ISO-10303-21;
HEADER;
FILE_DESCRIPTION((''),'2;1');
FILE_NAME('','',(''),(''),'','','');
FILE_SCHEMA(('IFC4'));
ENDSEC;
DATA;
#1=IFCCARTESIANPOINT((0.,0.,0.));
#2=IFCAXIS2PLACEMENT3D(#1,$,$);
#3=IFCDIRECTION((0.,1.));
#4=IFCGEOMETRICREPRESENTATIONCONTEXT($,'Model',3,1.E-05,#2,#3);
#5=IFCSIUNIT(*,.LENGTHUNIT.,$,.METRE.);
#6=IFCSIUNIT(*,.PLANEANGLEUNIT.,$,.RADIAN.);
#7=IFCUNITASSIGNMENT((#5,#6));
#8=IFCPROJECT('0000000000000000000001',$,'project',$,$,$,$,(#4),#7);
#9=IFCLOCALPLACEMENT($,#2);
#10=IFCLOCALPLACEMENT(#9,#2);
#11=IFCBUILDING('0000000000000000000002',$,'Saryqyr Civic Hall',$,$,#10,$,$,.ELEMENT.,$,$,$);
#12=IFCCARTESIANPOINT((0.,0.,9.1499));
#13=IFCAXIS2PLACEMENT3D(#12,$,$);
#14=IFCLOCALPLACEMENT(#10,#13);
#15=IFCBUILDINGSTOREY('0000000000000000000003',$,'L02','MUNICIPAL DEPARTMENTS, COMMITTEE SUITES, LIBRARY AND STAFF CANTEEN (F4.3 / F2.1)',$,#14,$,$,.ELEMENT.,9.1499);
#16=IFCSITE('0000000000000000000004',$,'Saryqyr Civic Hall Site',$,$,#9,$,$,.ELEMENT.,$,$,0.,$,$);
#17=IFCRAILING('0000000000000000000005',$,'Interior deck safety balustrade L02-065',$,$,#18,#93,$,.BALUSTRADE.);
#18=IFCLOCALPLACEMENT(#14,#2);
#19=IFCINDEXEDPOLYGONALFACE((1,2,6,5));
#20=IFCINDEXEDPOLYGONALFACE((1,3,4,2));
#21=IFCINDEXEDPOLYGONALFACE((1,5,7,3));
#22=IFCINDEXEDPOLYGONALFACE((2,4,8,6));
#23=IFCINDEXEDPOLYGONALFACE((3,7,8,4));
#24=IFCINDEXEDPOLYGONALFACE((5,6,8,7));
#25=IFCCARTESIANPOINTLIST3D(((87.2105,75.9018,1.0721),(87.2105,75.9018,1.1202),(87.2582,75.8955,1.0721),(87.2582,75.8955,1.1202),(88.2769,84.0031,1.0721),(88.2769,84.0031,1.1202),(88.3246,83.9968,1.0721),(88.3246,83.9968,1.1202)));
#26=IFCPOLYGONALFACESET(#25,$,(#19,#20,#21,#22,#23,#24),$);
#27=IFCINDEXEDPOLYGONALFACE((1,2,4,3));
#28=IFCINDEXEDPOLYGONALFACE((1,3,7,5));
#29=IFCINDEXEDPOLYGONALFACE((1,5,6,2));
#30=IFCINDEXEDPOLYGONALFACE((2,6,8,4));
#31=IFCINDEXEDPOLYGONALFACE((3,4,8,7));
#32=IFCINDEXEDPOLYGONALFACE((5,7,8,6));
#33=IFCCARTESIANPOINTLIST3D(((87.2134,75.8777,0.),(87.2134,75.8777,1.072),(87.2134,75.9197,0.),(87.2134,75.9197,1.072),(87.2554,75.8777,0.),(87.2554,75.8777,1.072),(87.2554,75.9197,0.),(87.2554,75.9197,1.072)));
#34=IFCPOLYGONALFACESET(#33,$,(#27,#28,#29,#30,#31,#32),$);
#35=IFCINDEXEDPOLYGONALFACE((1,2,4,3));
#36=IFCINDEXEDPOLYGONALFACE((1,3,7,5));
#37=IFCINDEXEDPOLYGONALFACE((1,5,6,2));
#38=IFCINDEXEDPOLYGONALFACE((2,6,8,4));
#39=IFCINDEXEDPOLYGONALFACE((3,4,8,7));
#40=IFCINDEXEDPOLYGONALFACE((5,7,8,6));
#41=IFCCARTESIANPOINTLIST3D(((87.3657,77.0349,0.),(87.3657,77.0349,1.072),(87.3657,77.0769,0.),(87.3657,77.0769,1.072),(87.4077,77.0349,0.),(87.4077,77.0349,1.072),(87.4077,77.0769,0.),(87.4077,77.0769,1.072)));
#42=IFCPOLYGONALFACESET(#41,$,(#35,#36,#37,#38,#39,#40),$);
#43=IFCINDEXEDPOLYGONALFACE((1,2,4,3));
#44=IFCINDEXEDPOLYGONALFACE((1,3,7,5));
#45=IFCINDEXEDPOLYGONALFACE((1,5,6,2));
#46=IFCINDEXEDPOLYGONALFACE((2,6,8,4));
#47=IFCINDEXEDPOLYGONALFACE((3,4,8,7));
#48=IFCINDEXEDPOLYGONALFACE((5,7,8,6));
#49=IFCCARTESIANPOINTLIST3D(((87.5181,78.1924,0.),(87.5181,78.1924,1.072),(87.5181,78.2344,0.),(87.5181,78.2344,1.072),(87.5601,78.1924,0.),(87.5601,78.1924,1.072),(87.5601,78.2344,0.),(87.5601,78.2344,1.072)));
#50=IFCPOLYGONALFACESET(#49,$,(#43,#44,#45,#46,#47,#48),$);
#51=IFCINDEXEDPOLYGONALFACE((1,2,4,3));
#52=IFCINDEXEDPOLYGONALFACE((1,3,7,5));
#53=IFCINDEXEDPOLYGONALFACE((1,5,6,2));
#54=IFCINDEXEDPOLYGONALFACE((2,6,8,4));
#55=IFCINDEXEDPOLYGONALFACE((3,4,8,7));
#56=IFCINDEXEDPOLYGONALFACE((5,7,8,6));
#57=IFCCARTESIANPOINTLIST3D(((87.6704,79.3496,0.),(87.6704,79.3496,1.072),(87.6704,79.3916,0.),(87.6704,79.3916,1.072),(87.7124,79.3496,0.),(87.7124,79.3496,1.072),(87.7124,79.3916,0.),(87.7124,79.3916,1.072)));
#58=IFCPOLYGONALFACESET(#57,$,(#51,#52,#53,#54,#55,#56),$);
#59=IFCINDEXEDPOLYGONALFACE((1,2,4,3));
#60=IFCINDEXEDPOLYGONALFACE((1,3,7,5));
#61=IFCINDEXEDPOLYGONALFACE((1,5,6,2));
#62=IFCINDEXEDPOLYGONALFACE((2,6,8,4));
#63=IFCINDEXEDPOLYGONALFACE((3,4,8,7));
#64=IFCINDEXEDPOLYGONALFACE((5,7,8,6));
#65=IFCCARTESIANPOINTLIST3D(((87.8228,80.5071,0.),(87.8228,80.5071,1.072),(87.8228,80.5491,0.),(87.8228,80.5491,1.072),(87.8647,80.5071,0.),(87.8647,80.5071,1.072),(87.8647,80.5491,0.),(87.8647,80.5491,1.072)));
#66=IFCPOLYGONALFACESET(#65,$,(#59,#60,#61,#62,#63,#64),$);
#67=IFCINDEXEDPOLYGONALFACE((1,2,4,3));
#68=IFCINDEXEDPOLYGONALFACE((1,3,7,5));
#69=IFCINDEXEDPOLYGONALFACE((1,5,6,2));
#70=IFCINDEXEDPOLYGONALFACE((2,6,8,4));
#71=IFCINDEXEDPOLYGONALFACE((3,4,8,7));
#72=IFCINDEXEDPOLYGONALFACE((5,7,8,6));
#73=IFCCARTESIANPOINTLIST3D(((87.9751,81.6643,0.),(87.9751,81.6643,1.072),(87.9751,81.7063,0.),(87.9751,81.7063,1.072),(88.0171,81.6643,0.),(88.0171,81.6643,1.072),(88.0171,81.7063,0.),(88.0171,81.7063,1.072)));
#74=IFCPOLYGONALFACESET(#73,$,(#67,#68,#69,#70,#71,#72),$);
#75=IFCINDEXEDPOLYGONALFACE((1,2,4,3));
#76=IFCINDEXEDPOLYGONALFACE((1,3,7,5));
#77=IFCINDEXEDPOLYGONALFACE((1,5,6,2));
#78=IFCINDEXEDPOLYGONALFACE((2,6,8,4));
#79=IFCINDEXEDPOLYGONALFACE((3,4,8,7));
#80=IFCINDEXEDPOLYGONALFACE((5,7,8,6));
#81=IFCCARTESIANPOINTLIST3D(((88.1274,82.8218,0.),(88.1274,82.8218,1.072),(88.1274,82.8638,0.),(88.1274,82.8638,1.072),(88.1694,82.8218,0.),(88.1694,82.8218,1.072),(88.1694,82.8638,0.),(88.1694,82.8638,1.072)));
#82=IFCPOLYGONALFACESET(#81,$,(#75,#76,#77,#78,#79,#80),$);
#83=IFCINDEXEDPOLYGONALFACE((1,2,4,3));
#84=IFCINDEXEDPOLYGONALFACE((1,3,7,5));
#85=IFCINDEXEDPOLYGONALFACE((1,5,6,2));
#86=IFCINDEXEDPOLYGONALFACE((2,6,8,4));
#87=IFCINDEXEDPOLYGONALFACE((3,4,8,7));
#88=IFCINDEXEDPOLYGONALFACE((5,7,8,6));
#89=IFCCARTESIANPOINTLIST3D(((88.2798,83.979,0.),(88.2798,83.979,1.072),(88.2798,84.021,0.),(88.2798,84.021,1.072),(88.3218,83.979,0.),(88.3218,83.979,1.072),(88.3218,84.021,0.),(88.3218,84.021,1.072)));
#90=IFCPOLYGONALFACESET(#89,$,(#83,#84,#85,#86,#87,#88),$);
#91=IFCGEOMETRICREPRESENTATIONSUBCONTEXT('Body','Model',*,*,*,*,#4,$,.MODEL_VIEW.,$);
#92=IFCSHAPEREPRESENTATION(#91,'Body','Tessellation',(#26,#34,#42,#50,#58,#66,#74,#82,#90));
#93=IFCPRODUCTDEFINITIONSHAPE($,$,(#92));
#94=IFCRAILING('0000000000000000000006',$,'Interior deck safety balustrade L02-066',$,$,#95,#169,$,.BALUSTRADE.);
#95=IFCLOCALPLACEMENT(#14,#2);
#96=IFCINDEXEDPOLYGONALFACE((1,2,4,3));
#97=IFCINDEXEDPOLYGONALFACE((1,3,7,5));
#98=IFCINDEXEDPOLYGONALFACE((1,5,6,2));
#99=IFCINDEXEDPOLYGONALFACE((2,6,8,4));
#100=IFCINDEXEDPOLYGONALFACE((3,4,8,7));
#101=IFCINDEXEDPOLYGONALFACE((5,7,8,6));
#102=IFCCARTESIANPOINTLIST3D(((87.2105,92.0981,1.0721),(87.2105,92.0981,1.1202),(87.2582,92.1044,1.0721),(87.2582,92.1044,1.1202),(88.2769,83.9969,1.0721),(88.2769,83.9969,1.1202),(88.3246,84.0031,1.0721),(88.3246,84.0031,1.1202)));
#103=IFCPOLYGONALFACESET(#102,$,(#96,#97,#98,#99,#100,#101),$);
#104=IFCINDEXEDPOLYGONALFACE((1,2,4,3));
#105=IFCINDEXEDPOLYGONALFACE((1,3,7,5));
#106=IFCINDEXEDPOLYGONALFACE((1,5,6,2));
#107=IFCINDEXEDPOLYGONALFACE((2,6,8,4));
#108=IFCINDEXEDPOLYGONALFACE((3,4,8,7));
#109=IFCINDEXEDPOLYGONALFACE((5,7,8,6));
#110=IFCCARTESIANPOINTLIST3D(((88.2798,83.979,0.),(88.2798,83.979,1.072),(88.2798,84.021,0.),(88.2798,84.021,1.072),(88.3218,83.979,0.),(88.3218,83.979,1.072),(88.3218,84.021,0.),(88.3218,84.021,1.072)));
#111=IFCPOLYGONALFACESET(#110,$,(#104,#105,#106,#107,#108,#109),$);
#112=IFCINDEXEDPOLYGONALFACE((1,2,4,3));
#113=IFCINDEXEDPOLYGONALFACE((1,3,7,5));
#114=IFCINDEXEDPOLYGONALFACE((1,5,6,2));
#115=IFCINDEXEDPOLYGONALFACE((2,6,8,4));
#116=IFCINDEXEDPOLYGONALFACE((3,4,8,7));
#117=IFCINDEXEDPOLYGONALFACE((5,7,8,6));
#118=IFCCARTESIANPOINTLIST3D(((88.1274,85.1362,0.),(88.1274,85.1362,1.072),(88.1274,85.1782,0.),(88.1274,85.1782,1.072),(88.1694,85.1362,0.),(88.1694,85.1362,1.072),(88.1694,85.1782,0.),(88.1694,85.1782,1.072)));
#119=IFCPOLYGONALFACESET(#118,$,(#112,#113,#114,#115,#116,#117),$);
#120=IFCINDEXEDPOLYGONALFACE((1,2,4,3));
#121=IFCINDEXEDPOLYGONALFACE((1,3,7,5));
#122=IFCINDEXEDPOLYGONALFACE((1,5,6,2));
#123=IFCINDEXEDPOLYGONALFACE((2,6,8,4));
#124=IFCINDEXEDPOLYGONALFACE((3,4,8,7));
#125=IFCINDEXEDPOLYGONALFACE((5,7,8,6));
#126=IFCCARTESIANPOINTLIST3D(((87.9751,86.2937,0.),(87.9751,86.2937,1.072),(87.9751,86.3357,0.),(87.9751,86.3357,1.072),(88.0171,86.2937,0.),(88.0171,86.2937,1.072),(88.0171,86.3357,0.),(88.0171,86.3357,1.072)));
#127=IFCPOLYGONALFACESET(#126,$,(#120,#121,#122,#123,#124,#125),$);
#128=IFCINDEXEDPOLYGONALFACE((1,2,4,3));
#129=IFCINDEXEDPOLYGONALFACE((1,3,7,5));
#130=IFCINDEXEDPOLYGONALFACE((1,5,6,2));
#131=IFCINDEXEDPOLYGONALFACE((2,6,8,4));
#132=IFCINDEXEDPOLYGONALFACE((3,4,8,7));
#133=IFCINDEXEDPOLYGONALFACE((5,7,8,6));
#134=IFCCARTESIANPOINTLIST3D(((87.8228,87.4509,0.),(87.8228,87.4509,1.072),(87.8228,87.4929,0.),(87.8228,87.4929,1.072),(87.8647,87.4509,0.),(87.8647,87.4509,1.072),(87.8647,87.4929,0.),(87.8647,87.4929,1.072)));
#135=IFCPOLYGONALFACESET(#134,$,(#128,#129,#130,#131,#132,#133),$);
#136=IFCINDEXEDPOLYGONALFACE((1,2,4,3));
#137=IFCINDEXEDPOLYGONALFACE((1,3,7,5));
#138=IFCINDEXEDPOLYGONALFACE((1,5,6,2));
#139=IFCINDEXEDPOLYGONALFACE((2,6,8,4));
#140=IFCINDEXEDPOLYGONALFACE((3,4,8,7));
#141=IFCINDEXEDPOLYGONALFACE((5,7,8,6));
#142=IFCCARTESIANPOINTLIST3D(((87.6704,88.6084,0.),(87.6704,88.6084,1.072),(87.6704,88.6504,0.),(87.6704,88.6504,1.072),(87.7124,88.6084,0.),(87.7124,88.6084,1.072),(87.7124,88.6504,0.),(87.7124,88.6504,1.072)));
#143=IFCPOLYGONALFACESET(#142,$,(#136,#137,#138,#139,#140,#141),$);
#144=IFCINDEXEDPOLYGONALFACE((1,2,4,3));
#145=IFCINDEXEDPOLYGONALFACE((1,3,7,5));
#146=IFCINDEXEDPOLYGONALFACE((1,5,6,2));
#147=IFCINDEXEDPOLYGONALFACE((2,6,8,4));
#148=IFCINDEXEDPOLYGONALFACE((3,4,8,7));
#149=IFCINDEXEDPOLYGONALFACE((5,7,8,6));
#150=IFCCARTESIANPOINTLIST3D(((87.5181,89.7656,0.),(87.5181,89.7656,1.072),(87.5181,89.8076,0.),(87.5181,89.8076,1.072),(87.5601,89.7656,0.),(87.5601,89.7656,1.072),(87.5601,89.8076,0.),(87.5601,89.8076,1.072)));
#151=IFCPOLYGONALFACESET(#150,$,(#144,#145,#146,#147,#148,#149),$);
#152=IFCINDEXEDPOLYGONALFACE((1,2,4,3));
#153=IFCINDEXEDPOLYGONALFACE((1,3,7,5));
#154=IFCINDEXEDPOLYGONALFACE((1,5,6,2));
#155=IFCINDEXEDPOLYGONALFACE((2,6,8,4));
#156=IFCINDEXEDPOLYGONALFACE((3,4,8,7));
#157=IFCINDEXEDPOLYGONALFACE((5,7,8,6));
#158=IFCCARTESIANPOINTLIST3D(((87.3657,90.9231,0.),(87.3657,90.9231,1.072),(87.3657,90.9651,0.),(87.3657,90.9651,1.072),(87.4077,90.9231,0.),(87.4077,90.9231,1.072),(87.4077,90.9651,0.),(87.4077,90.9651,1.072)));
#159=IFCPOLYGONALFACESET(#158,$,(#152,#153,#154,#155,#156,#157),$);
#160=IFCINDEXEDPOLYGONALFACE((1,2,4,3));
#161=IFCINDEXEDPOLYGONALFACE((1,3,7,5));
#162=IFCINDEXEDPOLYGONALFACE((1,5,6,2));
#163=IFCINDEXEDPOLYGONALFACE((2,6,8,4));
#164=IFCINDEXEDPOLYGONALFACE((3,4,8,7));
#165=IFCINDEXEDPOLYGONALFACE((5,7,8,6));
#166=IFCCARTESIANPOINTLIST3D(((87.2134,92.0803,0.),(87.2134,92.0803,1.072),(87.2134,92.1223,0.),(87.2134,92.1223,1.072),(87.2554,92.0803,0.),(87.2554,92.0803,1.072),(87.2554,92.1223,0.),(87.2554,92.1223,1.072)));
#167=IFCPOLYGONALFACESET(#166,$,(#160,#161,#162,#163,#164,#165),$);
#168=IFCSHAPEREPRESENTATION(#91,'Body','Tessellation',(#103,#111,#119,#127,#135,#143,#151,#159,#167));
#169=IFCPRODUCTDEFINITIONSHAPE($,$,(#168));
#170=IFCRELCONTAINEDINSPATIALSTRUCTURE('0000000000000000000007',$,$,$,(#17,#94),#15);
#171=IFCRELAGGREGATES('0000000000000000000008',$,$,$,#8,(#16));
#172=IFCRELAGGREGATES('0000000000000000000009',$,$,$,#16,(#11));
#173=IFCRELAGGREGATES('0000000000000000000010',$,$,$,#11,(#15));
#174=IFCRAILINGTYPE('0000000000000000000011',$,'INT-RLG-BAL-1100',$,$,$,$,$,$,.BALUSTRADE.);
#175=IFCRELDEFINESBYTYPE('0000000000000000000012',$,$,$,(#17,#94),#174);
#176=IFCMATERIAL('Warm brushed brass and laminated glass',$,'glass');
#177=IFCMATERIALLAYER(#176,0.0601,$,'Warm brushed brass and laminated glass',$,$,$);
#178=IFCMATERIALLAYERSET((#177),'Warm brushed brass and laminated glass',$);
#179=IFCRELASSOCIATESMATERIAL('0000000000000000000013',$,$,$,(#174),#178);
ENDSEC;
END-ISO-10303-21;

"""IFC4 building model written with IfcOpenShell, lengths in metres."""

from ifc_helpers import new_model, si_unit, direction, frame, origin, origin_2d, place, context, subcontext, project, spatial, rectangle, extrude, material, layer, layer_set, type_object, element, save


model = new_model("IFC4")

# Units and contexts
model_context = context("Model", 3, precision=1e-05, world=origin(), true_north=direction((0.0, 1.0)))
body_context = subcontext(model_context, "Body", "Model", "MODEL_VIEW")
ifc_project = project(units=[si_unit("LENGTHUNIT", "METRE"), si_unit("PLANEANGLEUNIT", "RADIAN")], contexts=[model_context])

# Site, building, storey
site_placement = place(None, origin())
site = spatial("IfcSite", under=ifc_project, at=site_placement, Name="Saryqyr Civic Hall Site", CompositionType="ELEMENT", RefElevation=0.0)
building_placement = place(site_placement, origin())
building = spatial("IfcBuilding", under=site, at=building_placement, Name="Saryqyr Civic Hall", CompositionType="ELEMENT")
storey_placement = place(building_placement, frame((0.0, 0.0, 9.1499)))
storey = spatial("IfcBuildingStorey", under=building, at=storey_placement, Name="L02", Description="MUNICIPAL DEPARTMENTS, COMMITTEE SUITES, LIBRARY AND STAFF CANTEEN (F4.3 / F2.1)", CompositionType="ELEMENT", Elevation=9.1499)

# Railings
ifc_material_1 = material(Name="Warm brushed brass and laminated glass", Category="glass")
ifc_layer_1 = layer(ifc_material_1, 0.0601, Name="Warm brushed brass and laminated glass")
ifc_layer_set_1 = layer_set([ifc_layer_1], Name="Warm brushed brass and laminated glass")
railing_type_1 = type_object("IfcRailingType", Name="INT-RLG-BAL-1100", PredefinedType="BALUSTRADE", material=ifc_layer_set_1)
railing_1_placement = place(storey_placement, frame((87.2344, 75.8987, 0.0)))
element("IfcRailing", 1, at=railing_1_placement, inside=storey, type_object=railing_type_1, Name="Interior deck safety balustrade L02-065", PredefinedType="BALUSTRADE", context=body_context, shape_type="SweptSolid", body=[
    extrude(rectangle(XDim=0.0481, YDim=0.0481, at=origin_2d()), frame((0.0, 0.0, 1.0962), z_axis=(0.130508, 0.991447, 0.0), x_axis=(-0.991447, 0.130508, 0.0)), (0.0, 0.0, 1.0), 8.1711),
    extrude(rectangle(XDim=0.042, YDim=0.042, at=origin_2d()), origin(), (0.0, 0.0, 1.0), 1.072),
    extrude(rectangle(XDim=0.042, YDim=0.042, at=origin_2d()), frame((0.1523, 1.1572, 0.0)), (0.0, 0.0, 1.0), 1.072),
    extrude(rectangle(XDim=0.042, YDim=0.042, at=origin_2d()), frame((0.3047, 2.3147, 0.0)), (0.0, 0.0, 1.0), 1.072),
    extrude(rectangle(XDim=0.042, YDim=0.042, at=origin_2d()), frame((0.457, 3.4719, 0.0)), (0.0, 0.0, 1.0), 1.072),
    extrude(rectangle(XDim=0.042, YDim=0.042, at=origin_2d()), frame((0.6094, 4.6294, 0.0)), (0.0, 0.0, 1.0), 1.072),
    extrude(rectangle(XDim=0.042, YDim=0.042, at=origin_2d()), frame((0.7617, 5.7866, 0.0)), (0.0, 0.0, 1.0), 1.072),
    extrude(rectangle(XDim=0.042, YDim=0.042, at=origin_2d()), frame((0.9141, 6.9441, 0.0)), (0.0, 0.0, 1.0), 1.072),
    extrude(rectangle(XDim=0.042, YDim=0.042, at=origin_2d()), frame((1.0664, 8.1013, 0.0)), (0.0, 0.0, 1.0), 1.072),
])
railing_2_placement = place(storey_placement, frame((88.3008, 84.0, 0.0)))
element("IfcRailing", 2, at=railing_2_placement, inside=storey, type_object=railing_type_1, Name="Interior deck safety balustrade L02-066", PredefinedType="BALUSTRADE", context=body_context, shape_type="SweptSolid", body=[
    extrude(rectangle(XDim=0.0481, YDim=0.0481, at=origin_2d()), frame((0.0, 0.0, 1.0962), z_axis=(-0.130508, 0.991447, 0.0), x_axis=(-0.991447, -0.130508, 0.0)), (0.0, 0.0, 1.0), 8.1711),
    extrude(rectangle(XDim=0.042, YDim=0.042, at=origin_2d()), origin(), (0.0, 0.0, 1.0), 1.072),
    extrude(rectangle(XDim=0.042, YDim=0.042, at=origin_2d()), frame((-0.1523, 1.1572, 0.0)), (0.0, 0.0, 1.0), 1.072),
    extrude(rectangle(XDim=0.042, YDim=0.042, at=origin_2d()), frame((-0.3047, 2.3147, 0.0)), (0.0, 0.0, 1.0), 1.072),
    extrude(rectangle(XDim=0.042, YDim=0.042, at=origin_2d()), frame((-0.457, 3.4719, 0.0)), (0.0, 0.0, 1.0), 1.072),
    extrude(rectangle(XDim=0.042, YDim=0.042, at=origin_2d()), frame((-0.6094, 4.6294, 0.0)), (0.0, 0.0, 1.0), 1.072),
    extrude(rectangle(XDim=0.042, YDim=0.042, at=origin_2d()), frame((-0.7617, 5.7866, 0.0)), (0.0, 0.0, 1.0), 1.072),
    extrude(rectangle(XDim=0.042, YDim=0.042, at=origin_2d()), frame((-0.9141, 6.9441, 0.0)), (0.0, 0.0, 1.0), 1.072),
    extrude(rectangle(XDim=0.042, YDim=0.042, at=origin_2d()), frame((-1.0664, 8.1013, 0.0)), (0.0, 0.0, 1.0), 1.072),
])

save(model, "model.ifc")
